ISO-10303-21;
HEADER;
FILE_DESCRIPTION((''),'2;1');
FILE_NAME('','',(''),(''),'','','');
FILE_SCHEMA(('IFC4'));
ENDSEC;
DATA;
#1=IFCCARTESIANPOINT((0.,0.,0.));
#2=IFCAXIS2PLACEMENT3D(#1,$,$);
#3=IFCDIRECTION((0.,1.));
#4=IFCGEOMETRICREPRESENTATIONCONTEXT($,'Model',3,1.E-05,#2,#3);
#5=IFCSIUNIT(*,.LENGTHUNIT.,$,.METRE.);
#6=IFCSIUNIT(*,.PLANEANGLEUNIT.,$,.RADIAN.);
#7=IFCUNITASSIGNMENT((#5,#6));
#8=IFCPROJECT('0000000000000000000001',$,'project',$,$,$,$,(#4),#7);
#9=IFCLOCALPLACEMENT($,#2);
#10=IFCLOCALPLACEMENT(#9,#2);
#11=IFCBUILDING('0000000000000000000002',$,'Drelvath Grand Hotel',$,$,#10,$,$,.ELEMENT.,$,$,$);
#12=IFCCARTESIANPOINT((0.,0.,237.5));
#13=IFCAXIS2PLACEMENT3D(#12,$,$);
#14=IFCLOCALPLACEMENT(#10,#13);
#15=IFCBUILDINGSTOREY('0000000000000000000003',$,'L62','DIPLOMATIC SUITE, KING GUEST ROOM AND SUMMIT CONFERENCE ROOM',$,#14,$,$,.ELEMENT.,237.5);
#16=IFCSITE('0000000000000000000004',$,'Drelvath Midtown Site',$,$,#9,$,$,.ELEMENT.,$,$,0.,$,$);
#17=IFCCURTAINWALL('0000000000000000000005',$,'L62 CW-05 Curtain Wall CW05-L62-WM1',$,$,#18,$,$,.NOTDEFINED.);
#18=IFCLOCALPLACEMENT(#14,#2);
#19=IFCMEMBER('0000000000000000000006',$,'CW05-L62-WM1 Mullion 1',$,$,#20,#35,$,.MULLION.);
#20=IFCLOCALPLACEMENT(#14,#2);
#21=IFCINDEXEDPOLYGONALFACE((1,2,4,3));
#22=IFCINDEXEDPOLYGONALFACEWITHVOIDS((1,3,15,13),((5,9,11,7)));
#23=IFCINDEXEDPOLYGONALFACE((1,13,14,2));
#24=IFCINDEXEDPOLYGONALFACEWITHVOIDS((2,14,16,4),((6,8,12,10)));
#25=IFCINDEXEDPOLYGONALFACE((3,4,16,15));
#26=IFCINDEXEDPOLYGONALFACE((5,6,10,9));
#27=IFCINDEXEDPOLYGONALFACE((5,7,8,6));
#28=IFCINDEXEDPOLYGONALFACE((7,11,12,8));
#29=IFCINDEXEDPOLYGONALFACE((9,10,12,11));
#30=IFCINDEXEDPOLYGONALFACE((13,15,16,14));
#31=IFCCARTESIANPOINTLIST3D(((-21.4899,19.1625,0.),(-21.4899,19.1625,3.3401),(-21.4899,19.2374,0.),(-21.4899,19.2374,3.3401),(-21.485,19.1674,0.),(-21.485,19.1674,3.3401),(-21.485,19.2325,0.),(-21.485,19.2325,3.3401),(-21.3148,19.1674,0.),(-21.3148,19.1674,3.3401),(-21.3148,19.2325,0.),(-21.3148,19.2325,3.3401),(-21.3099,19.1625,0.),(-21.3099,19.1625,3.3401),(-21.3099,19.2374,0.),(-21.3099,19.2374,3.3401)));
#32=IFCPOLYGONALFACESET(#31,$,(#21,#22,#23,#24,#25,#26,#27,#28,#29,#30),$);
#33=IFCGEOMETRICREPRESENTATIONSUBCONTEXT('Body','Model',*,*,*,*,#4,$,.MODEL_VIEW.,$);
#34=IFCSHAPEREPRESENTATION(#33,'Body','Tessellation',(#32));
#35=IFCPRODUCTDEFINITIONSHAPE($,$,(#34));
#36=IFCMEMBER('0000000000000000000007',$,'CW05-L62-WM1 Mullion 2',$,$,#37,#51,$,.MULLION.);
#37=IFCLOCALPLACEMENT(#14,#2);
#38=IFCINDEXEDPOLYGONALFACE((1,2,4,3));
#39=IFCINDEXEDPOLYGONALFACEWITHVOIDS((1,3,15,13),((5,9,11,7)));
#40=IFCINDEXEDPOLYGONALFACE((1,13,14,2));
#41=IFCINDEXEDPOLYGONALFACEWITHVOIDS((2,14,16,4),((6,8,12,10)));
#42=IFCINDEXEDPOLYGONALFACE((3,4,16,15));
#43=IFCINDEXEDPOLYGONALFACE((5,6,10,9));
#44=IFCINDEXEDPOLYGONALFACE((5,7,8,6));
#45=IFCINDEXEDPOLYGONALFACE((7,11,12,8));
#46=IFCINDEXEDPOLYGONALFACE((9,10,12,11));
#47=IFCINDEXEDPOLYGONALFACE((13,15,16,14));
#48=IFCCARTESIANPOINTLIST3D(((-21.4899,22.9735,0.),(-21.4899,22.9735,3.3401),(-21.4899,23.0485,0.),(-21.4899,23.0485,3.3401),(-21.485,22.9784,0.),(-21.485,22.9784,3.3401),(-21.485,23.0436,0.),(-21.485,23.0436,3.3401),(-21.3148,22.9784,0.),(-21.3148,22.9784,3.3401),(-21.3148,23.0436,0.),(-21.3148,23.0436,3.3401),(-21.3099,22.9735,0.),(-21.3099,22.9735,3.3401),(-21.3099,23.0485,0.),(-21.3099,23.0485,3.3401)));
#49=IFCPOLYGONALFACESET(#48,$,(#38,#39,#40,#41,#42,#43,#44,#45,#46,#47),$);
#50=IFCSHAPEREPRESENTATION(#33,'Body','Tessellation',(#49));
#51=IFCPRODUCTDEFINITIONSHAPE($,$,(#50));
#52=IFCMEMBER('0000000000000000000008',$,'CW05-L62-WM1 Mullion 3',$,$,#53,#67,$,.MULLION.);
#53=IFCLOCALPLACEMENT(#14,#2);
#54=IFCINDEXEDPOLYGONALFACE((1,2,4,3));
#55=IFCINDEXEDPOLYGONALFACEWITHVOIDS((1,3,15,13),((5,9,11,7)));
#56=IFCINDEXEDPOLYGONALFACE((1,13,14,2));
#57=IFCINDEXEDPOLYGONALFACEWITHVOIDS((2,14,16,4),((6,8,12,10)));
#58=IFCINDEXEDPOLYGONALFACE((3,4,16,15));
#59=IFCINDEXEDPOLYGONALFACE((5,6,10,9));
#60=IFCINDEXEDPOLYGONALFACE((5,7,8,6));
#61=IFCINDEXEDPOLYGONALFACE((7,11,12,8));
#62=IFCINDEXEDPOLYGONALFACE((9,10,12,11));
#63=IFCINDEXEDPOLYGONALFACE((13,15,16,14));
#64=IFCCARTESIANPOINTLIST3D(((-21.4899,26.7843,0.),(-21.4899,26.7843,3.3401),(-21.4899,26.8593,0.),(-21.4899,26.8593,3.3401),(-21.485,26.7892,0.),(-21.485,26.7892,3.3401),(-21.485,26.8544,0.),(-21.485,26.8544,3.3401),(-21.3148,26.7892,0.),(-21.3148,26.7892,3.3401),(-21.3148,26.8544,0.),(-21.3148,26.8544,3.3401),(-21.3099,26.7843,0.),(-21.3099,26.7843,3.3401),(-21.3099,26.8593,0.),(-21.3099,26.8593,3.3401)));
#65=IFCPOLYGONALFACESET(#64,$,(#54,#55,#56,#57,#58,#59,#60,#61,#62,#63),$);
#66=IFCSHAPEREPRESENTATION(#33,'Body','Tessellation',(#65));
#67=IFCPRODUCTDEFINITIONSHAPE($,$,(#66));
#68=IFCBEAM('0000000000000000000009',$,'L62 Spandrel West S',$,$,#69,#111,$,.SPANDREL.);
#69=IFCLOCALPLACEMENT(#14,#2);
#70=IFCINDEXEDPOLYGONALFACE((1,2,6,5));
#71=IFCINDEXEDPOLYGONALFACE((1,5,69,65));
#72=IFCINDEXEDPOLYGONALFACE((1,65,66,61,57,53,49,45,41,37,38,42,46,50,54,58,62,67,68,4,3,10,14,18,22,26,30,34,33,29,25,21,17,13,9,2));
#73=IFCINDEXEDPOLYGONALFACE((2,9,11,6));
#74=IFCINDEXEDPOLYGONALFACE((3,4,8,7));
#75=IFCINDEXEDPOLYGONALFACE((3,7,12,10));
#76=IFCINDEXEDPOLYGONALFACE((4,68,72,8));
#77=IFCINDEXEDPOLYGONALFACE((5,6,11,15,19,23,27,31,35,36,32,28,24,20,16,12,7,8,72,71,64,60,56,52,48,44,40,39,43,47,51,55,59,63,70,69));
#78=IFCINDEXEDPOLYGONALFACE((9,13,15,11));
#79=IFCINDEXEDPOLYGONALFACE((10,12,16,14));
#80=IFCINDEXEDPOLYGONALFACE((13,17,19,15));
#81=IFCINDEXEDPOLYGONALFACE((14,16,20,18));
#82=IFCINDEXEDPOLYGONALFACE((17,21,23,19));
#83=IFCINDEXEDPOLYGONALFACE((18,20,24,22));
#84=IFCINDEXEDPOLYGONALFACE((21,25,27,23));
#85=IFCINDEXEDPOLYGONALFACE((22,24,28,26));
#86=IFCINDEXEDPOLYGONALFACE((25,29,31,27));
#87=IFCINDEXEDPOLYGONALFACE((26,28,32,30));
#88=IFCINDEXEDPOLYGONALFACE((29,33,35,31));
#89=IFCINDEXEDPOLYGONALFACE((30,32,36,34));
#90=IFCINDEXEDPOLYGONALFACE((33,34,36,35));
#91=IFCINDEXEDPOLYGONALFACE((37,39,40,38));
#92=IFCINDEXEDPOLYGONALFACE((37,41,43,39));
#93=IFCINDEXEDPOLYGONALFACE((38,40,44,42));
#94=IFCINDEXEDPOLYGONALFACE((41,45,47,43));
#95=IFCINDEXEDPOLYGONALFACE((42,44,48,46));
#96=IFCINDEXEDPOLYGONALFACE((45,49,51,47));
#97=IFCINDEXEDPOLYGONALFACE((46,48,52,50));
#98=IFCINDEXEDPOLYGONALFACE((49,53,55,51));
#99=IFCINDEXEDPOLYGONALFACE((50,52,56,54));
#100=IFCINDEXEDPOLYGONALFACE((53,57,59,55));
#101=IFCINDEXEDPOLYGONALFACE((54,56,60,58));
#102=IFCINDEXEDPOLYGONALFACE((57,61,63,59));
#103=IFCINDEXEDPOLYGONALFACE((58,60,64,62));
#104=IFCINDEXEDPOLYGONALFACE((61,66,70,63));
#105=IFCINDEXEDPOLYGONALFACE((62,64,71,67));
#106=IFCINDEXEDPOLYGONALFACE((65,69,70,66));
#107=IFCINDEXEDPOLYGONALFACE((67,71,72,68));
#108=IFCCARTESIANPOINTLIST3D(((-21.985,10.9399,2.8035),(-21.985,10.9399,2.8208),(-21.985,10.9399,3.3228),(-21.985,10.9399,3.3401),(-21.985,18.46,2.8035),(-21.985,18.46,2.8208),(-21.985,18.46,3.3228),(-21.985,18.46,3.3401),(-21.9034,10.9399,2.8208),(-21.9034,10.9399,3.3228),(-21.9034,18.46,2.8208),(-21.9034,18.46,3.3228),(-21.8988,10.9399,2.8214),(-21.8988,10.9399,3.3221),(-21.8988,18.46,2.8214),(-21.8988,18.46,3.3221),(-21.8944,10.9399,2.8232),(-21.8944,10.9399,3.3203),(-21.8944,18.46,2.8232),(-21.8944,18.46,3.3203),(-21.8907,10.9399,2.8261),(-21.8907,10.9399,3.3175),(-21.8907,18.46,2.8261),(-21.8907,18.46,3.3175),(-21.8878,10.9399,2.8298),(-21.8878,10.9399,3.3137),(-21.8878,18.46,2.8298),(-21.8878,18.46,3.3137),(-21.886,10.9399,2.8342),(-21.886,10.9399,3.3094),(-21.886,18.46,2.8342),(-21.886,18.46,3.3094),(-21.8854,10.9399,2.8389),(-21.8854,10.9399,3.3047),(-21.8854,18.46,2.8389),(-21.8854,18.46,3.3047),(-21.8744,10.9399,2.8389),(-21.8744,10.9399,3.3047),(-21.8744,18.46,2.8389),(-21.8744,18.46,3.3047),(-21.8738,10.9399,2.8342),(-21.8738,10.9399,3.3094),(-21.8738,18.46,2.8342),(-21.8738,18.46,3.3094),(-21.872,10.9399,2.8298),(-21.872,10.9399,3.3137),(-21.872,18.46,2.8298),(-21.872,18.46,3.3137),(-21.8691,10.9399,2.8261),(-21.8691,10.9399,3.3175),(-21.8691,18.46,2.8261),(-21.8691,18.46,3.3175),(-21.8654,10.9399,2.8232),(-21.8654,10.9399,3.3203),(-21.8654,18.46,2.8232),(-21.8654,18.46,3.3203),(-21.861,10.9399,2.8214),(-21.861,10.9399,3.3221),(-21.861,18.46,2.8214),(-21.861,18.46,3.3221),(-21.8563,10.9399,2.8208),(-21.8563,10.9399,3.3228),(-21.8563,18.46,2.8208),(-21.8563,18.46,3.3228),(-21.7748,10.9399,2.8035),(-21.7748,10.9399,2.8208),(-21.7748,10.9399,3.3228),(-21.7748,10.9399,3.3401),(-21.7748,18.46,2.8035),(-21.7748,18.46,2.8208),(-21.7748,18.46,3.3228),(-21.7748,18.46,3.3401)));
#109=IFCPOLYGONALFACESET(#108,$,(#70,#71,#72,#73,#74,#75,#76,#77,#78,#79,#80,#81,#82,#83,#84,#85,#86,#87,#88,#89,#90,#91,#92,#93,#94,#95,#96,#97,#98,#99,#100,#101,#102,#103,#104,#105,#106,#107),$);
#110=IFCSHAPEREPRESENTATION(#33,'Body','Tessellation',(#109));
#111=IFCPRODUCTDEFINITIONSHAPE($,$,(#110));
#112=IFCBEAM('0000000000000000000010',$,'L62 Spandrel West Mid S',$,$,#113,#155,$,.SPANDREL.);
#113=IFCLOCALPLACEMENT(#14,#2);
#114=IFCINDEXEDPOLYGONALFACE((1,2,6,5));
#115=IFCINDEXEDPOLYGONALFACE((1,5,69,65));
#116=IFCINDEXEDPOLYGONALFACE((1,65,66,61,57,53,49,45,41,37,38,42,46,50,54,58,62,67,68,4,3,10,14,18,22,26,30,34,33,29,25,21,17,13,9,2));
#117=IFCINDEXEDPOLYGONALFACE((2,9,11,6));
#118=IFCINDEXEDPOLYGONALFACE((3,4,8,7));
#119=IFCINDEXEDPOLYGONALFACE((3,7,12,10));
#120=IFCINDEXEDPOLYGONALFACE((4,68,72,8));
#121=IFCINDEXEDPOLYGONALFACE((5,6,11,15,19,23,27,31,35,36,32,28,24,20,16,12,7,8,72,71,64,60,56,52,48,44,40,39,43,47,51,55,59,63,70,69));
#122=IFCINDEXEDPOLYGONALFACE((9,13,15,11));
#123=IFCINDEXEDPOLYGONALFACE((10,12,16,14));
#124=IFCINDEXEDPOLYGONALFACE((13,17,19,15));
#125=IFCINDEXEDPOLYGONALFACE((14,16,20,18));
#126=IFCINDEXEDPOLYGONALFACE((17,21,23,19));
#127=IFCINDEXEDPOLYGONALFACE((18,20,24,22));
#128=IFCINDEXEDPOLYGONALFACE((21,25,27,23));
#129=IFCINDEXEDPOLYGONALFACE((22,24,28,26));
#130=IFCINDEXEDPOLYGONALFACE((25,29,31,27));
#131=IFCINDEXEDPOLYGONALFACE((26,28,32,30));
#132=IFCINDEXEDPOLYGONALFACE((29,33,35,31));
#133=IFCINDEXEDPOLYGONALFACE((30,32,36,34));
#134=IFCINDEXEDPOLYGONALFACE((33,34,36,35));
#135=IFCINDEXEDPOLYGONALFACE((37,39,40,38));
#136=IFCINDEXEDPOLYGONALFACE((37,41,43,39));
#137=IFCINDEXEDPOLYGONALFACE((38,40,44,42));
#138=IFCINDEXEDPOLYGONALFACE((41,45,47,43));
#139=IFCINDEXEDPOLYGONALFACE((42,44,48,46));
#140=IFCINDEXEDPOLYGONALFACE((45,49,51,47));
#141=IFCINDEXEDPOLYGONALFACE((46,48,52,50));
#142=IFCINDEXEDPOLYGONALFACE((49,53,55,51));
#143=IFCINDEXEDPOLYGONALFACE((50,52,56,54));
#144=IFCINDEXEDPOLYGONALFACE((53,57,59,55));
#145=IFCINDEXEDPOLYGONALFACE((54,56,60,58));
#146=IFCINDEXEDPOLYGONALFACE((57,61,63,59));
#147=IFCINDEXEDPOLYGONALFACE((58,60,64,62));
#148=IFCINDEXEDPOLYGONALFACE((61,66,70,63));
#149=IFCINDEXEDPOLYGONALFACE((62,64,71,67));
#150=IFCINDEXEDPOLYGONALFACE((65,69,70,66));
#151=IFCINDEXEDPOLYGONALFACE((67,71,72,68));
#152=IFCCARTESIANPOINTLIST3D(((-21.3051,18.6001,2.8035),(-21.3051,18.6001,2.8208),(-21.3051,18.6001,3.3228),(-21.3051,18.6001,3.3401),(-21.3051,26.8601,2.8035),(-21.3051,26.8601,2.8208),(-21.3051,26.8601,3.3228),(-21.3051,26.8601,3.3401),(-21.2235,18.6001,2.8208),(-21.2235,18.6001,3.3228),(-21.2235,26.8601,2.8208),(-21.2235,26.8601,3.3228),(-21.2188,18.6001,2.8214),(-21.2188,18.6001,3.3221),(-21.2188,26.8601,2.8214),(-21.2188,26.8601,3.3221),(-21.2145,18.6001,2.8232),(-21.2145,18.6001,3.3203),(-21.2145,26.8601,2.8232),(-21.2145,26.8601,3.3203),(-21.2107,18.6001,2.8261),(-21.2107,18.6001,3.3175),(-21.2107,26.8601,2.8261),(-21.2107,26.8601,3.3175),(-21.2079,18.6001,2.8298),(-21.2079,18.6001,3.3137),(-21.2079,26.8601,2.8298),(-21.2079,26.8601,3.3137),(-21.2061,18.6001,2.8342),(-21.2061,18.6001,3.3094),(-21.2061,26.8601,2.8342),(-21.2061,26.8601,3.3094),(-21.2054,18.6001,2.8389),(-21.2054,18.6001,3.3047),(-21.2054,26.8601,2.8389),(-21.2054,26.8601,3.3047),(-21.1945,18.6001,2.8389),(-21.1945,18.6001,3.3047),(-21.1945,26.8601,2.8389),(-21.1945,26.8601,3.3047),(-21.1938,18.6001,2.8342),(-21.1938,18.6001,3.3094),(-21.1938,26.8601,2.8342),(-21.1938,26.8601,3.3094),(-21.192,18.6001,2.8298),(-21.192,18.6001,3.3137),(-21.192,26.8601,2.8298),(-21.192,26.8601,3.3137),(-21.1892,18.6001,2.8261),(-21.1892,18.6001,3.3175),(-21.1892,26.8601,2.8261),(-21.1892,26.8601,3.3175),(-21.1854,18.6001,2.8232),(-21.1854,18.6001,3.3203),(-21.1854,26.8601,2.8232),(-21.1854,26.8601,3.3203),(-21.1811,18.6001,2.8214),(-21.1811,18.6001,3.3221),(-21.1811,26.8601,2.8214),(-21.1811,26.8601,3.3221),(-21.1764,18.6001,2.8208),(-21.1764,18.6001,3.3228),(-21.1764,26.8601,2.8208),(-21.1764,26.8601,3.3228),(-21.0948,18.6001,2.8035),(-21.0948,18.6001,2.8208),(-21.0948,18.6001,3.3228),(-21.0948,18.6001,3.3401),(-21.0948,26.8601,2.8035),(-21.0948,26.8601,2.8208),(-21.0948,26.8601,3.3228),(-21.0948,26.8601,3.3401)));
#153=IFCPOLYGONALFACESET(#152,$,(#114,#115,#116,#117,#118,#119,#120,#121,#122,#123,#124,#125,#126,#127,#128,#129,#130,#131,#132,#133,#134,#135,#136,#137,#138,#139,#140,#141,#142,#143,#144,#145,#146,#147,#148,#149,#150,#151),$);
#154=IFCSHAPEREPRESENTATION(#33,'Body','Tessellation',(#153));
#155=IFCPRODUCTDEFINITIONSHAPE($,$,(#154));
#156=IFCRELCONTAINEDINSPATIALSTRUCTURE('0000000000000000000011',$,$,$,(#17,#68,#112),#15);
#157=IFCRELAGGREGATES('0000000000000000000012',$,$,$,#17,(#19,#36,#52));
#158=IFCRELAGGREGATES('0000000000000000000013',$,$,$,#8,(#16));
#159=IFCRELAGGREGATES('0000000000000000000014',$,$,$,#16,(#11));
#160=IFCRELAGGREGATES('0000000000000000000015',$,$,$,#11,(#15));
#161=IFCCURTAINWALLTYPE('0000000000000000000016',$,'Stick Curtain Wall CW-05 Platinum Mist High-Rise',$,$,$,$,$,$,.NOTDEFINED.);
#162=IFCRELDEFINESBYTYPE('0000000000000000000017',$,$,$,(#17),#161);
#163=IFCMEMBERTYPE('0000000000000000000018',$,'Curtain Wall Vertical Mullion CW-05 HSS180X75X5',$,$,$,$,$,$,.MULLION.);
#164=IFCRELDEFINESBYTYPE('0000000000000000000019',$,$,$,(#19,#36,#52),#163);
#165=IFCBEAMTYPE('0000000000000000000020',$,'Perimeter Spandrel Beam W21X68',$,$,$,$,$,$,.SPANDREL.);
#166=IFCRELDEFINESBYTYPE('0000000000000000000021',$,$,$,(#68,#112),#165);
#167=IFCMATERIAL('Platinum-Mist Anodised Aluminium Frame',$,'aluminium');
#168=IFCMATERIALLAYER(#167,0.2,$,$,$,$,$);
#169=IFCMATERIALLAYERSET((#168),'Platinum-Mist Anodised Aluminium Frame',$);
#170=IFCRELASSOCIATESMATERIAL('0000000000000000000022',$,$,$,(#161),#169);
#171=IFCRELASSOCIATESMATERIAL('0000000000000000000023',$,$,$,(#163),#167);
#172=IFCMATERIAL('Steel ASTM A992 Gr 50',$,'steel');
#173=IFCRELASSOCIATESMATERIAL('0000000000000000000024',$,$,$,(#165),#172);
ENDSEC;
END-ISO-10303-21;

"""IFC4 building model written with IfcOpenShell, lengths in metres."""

from ifc_helpers import new_model, si_unit, direction, frame, origin, origin_2d, place, context, subcontext, project, spatial, hollow_rectangle, i_section, extrude, material, layer, layer_set, material_profile, profile_set, type_object, element, aggregate, save


model = new_model("IFC4")

# Units and contexts
model_context = context("Model", 3, precision=1e-05, world=origin(), true_north=direction((0.0, 1.0)))
body_context = subcontext(model_context, "Body", "Model", "MODEL_VIEW")
ifc_project = project(units=[si_unit("LENGTHUNIT", "METRE"), si_unit("PLANEANGLEUNIT", "RADIAN")], contexts=[model_context])

# Site, building, storey
site_placement = place(None, origin())
site = spatial("IfcSite", under=ifc_project, at=site_placement, Name="Drelvath Midtown Site", CompositionType="ELEMENT", RefElevation=0.0)
building_placement = place(site_placement, origin())
building = spatial("IfcBuilding", under=site, at=building_placement, Name="Drelvath Grand Hotel", CompositionType="ELEMENT")
storey_placement = place(building_placement, frame((0.0, 0.0, 237.5)))
storey = spatial("IfcBuildingStorey", under=building, at=storey_placement, Name="L62", Description="DIPLOMATIC SUITE, KING GUEST ROOM AND SUMMIT CONFERENCE ROOM", CompositionType="ELEMENT", Elevation=237.5)

# Shared definitions
ifc_material_1 = material(Name="Steel ASTM A992 Gr 50", Category="steel")

# Curtain wall
ifc_material_2 = material(Name="Platinum-Mist Anodised Aluminium Frame", Category="aluminium")
ifc_layer_1 = layer(ifc_material_2, 0.2)
ifc_layer_set_1 = layer_set([ifc_layer_1], Name="Platinum-Mist Anodised Aluminium Frame")
curtain_wall_type = type_object("IfcCurtainWallType", Name="Stick Curtain Wall CW-05 Platinum Mist High-Rise", PredefinedType="NOTDEFINED", material=ifc_layer_set_1)
curtain_wall_1_placement = place(storey_placement, origin())
curtain_wall_1 = element("IfcCurtainWall", 1, at=curtain_wall_1_placement, inside=storey, type_object=curtain_wall_type, Name="L62 CW-05 Curtain Wall CW05-L62-WM1", PredefinedType="NOTDEFINED")

# Members
ifc_material_profile_1 = material_profile(ifc_material_2, hollow_rectangle(XDim=0.075, YDim=0.1799, WallThickness=0.0049, at=origin_2d()), Name="HSS180X75X5")
ifc_profile_set_1 = profile_set([ifc_material_profile_1], Name="Platinum-Mist Anodised Aluminium Frame")
member_type_1 = type_object("IfcMemberType", Name="Curtain Wall Vertical Mullion CW-05 HSS180X75X5", PredefinedType="MULLION", material=ifc_profile_set_1)
member_1_placement = place(storey_placement, frame((-21.3999, 19.2, 0.0), z_axis=(0.0, 0.0, 1.0), x_axis=(0.0, 1.0, 0.0)))
member_1 = element("IfcMember", 2, at=member_1_placement, type_object=member_type_1, Name="CW05-L62-WM1 Mullion 1", PredefinedType="MULLION", context=body_context, shape_type="SweptSolid", body=[
    extrude(hollow_rectangle(XDim=0.075, YDim=0.1799, WallThickness=0.0049, at=origin_2d()), origin(), (0.0, 0.0, 1.0), 3.3401),
])
member_2_placement = place(storey_placement, frame((-21.3999, 23.011, 0.0), z_axis=(0.0, 0.0, 1.0), x_axis=(0.0, 1.0, 0.0)))
member_2 = element("IfcMember", 3, at=member_2_placement, type_object=member_type_1, Name="CW05-L62-WM1 Mullion 2", PredefinedType="MULLION", context=body_context, shape_type="SweptSolid", body=[
    extrude(hollow_rectangle(XDim=0.075, YDim=0.1799, WallThickness=0.0049, at=origin_2d()), origin(), (0.0, 0.0, 1.0), 3.3401),
])
member_3_placement = place(storey_placement, frame((-21.3999, 26.8218, 0.0), z_axis=(0.0, 0.0, 1.0), x_axis=(0.0, 1.0, 0.0)))
member_3 = element("IfcMember", 4, at=member_3_placement, type_object=member_type_1, Name="CW05-L62-WM1 Mullion 3", PredefinedType="MULLION", context=body_context, shape_type="SweptSolid", body=[
    extrude(hollow_rectangle(XDim=0.075, YDim=0.1799, WallThickness=0.0049, at=origin_2d()), origin(), (0.0, 0.0, 1.0), 3.3401),
])

# Beams
ifc_material_profile_2 = material_profile(ifc_material_1, i_section(OverallWidth=0.2102, OverallDepth=0.5366, WebThickness=0.011, FlangeThickness=0.0173, FilletRadius=0.0181, at=origin_2d()), Name="W21X68")
ifc_profile_set_2 = profile_set([ifc_material_profile_2], Name="Steel ASTM A992 Gr 50")
beam_type_1 = type_object("IfcBeamType", Name="Perimeter Spandrel Beam W21X68", PredefinedType="SPANDREL", material=ifc_profile_set_2)
beam_1_placement = place(storey_placement, frame((-21.8799, 10.9399, 3.0718), z_axis=(0.0, 1.0, 0.0), x_axis=(-1.0, 0.0, 0.0)))
element("IfcBeam", 5, at=beam_1_placement, inside=storey, type_object=beam_type_1, Name="L62 Spandrel West S", PredefinedType="SPANDREL", context=body_context, shape_type="SweptSolid", body=[
    extrude(i_section(OverallWidth=0.2102, OverallDepth=0.5366, WebThickness=0.011, FlangeThickness=0.0173, FilletRadius=0.0181, at=origin_2d()), origin(), (0.0, 0.0, 1.0), 7.52),
])
beam_2_placement = place(storey_placement, frame((-21.2, 18.6001, 3.0718), z_axis=(0.0, 1.0, 0.0), x_axis=(-1.0, 0.0, 0.0)))
element("IfcBeam", 6, at=beam_2_placement, inside=storey, type_object=beam_type_1, Name="L62 Spandrel West Mid S", PredefinedType="SPANDREL", context=body_context, shape_type="SweptSolid", body=[
    extrude(i_section(OverallWidth=0.2102, OverallDepth=0.5366, WebThickness=0.011, FlangeThickness=0.0173, FilletRadius=0.0181, at=origin_2d()), origin(), (0.0, 0.0, 1.0), 8.26),
])

aggregate(curtain_wall_1, [member_1, member_2, member_3])

save(model, "model.ifc")
